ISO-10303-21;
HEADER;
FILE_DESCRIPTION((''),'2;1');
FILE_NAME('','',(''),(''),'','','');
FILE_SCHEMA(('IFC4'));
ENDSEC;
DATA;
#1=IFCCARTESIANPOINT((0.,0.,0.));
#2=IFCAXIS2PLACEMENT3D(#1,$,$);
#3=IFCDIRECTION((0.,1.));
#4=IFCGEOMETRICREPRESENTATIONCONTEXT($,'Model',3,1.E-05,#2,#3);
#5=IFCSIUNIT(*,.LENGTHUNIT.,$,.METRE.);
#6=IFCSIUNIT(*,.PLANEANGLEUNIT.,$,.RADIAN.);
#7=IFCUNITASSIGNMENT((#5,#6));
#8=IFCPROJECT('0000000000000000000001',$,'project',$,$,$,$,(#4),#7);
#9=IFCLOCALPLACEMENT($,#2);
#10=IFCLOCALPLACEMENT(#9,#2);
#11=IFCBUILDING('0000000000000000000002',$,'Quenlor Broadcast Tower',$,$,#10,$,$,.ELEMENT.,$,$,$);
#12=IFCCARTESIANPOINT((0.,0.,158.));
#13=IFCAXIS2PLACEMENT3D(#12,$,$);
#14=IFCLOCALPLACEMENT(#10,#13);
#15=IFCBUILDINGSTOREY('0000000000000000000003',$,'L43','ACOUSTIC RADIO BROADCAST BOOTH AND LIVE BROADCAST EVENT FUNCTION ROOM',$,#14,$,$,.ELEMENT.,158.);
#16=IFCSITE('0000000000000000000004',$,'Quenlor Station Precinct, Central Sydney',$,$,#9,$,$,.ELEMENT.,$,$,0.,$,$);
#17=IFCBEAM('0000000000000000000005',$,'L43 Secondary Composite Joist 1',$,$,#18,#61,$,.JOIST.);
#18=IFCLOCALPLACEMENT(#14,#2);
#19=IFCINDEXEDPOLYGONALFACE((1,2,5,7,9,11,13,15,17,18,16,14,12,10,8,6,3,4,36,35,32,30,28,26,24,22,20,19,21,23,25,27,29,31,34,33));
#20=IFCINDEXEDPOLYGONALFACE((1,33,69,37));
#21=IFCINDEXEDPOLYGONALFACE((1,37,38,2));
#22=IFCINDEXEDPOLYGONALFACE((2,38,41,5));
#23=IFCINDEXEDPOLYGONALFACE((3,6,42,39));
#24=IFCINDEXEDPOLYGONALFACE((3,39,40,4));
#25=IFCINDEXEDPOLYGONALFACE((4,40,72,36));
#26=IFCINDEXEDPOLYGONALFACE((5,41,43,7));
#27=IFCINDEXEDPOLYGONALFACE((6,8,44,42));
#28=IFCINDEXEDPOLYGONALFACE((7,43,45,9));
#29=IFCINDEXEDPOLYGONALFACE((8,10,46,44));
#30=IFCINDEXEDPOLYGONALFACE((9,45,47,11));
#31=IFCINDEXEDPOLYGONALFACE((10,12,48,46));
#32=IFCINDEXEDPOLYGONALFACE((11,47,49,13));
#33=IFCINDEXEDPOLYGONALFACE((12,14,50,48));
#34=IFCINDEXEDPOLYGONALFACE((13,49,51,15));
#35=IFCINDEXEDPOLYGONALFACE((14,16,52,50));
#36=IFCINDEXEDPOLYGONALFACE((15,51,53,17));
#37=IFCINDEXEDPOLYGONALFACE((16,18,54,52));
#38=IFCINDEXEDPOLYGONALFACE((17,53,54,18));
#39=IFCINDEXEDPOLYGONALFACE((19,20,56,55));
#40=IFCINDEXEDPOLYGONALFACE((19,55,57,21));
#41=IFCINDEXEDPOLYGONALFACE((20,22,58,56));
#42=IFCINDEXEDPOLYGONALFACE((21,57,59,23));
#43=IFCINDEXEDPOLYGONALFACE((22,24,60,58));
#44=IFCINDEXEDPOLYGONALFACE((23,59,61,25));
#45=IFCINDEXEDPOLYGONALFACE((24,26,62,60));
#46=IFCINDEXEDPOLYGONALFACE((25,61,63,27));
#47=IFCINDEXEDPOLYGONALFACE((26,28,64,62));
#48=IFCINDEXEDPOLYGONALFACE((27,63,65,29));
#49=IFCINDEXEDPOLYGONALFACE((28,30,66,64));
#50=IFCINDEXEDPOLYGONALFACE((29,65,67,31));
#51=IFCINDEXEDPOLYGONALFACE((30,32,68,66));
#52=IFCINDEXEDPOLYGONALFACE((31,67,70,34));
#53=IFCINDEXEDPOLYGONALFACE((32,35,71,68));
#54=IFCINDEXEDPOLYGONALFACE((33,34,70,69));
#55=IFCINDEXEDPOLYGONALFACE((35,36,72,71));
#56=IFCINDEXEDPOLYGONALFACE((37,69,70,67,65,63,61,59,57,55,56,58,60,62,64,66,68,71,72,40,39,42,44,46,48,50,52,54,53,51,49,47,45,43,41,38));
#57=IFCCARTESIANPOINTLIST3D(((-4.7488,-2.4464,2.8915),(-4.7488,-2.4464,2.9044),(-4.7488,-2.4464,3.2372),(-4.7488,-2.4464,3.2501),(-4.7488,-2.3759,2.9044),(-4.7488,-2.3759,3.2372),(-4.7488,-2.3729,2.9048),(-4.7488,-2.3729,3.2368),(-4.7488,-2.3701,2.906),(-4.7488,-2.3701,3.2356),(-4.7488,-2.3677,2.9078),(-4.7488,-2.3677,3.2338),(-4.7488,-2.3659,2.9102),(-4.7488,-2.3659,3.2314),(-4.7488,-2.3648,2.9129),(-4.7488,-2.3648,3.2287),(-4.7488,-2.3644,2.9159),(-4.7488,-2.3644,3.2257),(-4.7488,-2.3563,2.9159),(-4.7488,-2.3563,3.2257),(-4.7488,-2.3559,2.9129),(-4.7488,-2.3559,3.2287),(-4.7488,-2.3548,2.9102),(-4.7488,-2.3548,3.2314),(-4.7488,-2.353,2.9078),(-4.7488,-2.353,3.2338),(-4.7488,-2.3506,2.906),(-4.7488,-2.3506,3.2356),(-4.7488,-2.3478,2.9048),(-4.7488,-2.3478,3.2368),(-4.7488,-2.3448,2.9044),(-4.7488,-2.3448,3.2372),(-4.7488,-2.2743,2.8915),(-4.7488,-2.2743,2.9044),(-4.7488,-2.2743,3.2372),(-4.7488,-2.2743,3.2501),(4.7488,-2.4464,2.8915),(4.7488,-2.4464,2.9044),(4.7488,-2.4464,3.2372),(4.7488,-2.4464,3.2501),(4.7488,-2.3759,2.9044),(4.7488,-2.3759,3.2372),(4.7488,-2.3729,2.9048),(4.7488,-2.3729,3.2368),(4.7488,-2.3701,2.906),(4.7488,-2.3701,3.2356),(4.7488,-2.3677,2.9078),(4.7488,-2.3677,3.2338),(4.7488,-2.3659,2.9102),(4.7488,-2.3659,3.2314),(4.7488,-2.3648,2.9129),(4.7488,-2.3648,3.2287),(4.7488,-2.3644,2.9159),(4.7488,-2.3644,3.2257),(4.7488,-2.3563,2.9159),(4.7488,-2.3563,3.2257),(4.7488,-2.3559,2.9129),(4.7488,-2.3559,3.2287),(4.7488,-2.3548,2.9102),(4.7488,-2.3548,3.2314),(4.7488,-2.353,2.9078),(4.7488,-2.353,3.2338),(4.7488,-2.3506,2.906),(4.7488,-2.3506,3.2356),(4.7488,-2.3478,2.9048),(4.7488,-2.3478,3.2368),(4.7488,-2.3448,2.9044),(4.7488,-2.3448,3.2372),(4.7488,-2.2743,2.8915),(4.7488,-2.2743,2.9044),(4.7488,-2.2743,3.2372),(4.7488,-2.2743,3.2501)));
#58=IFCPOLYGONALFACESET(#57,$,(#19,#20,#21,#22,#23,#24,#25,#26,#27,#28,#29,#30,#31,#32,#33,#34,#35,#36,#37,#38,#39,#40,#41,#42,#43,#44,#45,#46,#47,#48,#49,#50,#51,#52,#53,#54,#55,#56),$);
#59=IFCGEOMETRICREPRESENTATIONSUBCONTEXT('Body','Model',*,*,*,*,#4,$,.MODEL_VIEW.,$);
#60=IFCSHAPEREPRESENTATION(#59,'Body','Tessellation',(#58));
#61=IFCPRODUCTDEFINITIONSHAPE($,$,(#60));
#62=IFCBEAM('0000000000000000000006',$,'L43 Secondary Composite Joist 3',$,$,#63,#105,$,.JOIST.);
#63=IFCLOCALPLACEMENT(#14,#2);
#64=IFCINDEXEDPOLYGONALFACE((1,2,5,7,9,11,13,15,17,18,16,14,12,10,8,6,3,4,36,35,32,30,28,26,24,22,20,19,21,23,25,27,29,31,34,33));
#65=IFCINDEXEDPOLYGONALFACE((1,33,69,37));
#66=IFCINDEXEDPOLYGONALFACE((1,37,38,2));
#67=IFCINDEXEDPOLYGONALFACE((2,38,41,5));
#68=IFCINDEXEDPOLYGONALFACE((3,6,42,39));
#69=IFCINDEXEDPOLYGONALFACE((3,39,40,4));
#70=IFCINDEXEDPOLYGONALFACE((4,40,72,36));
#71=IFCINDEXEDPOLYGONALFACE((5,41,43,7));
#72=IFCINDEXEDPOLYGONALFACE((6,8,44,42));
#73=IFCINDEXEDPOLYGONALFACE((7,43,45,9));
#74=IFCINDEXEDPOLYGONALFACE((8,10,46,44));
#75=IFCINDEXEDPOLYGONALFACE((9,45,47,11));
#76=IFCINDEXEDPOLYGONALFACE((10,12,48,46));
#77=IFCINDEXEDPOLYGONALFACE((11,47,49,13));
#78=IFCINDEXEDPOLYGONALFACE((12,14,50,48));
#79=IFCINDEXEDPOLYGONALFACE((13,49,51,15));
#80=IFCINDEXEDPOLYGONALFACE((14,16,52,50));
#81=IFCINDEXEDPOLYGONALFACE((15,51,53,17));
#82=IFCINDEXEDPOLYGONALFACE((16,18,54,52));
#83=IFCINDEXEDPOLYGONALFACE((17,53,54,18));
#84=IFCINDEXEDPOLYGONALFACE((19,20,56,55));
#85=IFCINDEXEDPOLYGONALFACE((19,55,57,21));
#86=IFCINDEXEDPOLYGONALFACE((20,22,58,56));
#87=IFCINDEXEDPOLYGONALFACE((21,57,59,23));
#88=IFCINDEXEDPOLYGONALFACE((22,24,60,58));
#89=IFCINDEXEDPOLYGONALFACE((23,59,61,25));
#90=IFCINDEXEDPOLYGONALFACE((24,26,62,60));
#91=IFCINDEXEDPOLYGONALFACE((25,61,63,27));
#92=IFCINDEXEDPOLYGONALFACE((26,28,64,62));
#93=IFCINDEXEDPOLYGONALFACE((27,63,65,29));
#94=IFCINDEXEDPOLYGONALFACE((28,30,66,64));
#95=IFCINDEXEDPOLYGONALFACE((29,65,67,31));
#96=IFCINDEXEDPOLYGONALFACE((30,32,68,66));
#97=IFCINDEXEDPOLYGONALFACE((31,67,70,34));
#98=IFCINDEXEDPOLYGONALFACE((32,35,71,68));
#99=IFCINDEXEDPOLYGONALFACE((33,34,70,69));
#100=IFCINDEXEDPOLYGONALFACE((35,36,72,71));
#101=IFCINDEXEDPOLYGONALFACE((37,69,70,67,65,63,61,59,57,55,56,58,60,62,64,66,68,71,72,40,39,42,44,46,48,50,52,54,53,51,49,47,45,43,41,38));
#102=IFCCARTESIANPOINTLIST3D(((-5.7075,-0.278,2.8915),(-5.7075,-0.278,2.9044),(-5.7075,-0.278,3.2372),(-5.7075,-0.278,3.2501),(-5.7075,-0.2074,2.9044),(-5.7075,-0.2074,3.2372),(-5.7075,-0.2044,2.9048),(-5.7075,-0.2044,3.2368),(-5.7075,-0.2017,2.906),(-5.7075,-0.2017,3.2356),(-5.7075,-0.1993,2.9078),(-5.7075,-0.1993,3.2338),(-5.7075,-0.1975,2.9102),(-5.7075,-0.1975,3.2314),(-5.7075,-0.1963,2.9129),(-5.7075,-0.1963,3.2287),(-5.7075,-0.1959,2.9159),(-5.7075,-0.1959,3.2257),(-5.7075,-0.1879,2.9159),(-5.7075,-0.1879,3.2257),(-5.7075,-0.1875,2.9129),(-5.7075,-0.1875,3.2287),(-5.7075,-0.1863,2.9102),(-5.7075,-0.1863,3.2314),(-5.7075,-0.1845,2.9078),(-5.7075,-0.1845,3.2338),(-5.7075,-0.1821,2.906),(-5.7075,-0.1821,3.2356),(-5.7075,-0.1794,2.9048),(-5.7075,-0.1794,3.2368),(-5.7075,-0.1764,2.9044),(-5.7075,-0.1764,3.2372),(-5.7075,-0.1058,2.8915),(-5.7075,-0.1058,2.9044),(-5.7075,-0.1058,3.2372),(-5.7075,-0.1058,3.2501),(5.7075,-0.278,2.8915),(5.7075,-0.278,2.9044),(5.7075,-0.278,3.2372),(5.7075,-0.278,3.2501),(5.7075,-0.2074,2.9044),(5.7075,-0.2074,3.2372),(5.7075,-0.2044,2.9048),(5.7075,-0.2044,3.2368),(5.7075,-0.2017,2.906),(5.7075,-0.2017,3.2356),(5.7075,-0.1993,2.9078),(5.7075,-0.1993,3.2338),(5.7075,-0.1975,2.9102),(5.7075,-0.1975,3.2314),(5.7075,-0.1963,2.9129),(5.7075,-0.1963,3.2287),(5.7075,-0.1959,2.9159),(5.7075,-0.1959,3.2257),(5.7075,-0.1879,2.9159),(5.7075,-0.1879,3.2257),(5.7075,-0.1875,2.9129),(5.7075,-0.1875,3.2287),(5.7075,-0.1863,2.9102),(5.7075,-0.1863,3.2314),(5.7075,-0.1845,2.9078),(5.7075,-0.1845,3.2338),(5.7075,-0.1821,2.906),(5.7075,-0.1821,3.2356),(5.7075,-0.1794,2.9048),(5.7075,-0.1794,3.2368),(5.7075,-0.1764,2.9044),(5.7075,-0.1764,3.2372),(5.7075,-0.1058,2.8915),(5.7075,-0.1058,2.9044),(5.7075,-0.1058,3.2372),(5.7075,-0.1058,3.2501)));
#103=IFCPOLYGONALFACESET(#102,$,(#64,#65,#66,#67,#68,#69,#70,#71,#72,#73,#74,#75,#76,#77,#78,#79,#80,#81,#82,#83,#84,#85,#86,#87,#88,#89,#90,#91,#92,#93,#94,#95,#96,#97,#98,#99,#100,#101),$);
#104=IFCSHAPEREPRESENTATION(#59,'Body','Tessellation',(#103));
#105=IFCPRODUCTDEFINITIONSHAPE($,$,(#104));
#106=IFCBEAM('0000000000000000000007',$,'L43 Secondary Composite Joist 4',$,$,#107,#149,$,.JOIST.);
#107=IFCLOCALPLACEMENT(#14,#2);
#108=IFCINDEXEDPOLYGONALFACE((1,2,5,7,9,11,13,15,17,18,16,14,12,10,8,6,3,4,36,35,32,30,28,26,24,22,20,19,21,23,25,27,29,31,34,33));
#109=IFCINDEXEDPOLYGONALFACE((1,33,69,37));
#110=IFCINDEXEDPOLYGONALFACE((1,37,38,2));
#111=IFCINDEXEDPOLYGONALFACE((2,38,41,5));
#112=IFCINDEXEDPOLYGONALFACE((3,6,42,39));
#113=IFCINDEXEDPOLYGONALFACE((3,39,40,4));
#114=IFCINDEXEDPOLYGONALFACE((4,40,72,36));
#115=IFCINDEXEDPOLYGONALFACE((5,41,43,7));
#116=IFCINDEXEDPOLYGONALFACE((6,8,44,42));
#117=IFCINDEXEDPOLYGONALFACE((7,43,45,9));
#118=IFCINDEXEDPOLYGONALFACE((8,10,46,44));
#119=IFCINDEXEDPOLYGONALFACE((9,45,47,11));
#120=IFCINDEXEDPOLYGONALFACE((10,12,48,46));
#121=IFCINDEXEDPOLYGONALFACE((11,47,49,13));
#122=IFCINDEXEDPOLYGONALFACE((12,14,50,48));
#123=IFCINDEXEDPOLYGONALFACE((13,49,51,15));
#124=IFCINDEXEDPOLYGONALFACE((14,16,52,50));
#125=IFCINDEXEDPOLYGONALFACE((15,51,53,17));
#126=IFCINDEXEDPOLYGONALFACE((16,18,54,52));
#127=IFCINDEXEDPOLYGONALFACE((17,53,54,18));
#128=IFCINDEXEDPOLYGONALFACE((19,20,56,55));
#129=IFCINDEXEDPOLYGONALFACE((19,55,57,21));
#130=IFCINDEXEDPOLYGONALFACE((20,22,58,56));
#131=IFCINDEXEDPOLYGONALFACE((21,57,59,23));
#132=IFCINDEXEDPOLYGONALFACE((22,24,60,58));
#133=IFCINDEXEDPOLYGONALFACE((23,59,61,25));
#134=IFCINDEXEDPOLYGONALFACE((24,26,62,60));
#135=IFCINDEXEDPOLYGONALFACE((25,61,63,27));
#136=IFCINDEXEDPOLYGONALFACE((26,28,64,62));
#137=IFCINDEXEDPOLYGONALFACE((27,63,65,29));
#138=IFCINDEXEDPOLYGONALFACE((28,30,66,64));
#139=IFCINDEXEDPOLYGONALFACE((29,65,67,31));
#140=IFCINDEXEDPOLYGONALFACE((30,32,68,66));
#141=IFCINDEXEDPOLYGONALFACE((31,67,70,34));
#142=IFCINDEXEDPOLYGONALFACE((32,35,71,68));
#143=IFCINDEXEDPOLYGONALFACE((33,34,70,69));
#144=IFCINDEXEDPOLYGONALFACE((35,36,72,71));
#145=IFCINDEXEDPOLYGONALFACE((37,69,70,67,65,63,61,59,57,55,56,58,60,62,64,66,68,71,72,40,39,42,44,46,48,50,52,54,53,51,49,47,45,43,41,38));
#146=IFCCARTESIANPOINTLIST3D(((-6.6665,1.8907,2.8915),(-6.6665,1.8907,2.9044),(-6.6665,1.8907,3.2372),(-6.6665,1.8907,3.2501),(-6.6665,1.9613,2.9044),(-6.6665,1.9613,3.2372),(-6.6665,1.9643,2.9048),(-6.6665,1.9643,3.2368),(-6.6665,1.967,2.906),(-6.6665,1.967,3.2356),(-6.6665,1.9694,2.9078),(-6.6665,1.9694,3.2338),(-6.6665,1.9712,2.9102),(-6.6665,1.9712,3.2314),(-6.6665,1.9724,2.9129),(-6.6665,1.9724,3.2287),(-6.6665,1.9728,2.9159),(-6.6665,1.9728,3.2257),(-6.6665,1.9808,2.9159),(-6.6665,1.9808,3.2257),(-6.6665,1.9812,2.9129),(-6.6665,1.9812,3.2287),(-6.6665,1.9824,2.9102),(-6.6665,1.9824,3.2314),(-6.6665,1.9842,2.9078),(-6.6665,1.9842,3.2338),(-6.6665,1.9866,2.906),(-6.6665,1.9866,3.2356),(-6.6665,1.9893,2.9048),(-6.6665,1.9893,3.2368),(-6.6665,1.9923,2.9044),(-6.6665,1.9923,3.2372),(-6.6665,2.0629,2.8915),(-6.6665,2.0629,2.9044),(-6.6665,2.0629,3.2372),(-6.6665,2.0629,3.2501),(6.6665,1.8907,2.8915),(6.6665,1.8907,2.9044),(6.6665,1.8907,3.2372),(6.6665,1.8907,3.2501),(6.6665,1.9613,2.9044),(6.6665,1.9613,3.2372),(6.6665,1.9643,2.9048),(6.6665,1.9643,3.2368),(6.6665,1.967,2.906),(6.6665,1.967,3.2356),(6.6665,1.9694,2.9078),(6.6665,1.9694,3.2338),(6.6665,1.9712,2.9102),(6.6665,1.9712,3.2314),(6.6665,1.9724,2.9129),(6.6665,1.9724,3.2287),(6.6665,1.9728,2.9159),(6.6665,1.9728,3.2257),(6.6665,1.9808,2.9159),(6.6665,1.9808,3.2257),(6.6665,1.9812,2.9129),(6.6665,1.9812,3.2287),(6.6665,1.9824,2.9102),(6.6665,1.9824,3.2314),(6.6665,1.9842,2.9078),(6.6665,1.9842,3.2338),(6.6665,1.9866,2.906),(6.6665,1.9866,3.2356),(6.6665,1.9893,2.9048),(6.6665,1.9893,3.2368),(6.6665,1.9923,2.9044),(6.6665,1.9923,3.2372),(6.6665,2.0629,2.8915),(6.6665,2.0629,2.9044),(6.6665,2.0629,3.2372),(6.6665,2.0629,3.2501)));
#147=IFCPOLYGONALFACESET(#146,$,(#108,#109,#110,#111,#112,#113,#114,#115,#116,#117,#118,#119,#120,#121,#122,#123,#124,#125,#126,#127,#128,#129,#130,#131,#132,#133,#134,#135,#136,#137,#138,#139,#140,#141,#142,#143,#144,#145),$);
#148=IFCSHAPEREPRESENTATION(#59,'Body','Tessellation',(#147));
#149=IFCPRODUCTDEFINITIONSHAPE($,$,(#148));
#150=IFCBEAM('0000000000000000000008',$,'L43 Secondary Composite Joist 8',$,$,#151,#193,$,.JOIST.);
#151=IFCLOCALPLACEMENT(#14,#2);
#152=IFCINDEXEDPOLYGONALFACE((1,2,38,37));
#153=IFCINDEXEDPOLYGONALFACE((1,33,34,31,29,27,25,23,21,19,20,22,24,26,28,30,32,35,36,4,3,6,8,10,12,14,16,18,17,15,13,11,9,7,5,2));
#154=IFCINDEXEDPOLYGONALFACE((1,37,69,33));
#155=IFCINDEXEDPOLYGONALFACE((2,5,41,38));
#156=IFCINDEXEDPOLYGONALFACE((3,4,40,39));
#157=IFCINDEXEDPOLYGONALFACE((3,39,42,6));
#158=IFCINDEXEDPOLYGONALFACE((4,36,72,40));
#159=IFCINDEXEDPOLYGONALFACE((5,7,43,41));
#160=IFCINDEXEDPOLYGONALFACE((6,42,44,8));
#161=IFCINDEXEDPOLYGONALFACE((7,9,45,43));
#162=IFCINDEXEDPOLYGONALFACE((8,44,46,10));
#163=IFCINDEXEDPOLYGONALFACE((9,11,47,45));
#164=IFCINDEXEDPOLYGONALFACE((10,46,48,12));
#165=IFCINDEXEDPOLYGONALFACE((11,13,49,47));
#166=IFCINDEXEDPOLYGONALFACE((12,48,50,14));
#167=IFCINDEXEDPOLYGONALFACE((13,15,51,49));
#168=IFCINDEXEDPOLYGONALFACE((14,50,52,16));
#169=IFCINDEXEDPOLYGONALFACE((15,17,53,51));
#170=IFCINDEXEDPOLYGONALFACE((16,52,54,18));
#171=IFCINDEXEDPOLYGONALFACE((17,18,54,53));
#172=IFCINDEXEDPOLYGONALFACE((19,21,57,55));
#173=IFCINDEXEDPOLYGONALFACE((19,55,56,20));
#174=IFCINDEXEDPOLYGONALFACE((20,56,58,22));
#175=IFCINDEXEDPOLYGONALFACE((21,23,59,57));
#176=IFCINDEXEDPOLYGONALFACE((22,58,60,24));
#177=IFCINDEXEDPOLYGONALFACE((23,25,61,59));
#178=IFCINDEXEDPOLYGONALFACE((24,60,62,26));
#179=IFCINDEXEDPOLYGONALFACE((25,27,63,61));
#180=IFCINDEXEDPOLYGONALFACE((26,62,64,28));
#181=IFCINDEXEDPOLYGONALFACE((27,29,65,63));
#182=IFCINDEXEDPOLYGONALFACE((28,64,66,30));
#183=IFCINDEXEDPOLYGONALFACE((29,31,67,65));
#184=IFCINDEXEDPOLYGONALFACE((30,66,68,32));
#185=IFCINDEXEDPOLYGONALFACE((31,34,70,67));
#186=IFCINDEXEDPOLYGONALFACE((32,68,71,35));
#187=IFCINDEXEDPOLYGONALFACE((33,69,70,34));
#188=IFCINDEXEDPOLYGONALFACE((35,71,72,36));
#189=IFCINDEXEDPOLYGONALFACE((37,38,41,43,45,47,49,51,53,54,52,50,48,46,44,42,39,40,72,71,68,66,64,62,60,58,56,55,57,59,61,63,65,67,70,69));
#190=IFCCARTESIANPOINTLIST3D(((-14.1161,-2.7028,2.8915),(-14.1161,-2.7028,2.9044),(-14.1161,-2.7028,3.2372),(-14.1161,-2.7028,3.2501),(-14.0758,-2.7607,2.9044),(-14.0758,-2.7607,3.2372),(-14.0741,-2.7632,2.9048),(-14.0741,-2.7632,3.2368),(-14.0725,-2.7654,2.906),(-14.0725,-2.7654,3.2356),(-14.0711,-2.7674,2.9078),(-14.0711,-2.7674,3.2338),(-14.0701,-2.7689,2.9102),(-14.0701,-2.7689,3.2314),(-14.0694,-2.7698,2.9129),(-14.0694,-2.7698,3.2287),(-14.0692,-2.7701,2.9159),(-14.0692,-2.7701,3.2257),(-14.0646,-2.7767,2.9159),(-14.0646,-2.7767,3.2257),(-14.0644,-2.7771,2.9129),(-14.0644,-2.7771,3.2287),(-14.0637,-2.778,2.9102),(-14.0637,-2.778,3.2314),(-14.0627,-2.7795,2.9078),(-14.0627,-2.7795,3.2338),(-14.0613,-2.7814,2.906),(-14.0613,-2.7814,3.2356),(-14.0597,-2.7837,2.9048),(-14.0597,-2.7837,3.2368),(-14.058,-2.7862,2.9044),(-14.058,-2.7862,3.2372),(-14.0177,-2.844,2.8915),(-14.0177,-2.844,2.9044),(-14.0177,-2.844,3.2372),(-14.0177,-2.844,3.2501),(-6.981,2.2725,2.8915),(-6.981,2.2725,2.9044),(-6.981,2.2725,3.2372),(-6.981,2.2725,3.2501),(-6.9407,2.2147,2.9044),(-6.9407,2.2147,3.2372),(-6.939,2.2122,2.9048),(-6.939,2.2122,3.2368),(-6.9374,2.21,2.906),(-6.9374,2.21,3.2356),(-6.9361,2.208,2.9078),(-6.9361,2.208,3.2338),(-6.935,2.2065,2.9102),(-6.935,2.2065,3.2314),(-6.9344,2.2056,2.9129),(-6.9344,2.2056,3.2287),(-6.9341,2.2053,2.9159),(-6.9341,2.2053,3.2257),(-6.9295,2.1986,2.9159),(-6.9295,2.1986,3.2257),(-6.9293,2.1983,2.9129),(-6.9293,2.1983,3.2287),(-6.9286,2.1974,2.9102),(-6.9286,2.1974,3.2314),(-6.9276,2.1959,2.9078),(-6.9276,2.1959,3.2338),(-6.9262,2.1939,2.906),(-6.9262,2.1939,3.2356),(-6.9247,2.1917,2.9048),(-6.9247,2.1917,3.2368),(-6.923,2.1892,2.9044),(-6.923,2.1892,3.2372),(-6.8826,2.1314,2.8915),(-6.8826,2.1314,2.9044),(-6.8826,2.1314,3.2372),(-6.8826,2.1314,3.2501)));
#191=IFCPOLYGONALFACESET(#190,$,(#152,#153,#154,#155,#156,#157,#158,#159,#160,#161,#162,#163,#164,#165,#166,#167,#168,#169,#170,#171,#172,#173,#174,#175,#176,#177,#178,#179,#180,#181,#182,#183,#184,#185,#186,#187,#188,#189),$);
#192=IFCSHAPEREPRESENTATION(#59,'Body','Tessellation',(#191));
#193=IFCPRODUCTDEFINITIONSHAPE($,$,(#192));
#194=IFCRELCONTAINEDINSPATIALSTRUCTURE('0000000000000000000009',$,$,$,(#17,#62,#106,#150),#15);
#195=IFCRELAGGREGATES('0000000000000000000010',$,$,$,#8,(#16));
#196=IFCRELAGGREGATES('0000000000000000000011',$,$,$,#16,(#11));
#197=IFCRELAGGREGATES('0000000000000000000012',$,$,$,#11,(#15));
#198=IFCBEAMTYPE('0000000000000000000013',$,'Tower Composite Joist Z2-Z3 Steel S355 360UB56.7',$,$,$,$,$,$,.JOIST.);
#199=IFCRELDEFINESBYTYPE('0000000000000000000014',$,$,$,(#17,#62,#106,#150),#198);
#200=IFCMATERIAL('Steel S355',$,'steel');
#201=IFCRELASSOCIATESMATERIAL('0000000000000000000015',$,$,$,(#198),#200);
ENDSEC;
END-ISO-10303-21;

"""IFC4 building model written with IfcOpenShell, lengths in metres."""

from ifc_helpers import new_model, si_unit, direction, frame, origin, origin_2d, place, context, subcontext, project, spatial, i_section, extrude, material, material_profile, profile_set, type_object, element, save


model = new_model("IFC4")

# Units and contexts
model_context = context("Model", 3, precision=1e-05, world=origin(), true_north=direction((0.0, 1.0)))
body_context = subcontext(model_context, "Body", "Model", "MODEL_VIEW")
ifc_project = project(units=[si_unit("LENGTHUNIT", "METRE"), si_unit("PLANEANGLEUNIT", "RADIAN")], contexts=[model_context])

# Site, building, storey
site_placement = place(None, origin())
site = spatial("IfcSite", under=ifc_project, at=site_placement, Name="Quenlor Station Precinct, Central Sydney", CompositionType="ELEMENT", RefElevation=0.0)
building_placement = place(site_placement, origin())
building = spatial("IfcBuilding", under=site, at=building_placement, Name="Quenlor Broadcast Tower", CompositionType="ELEMENT")
storey_placement = place(building_placement, frame((0.0, 0.0, 158.0)))
storey = spatial("IfcBuildingStorey", under=building, at=storey_placement, Name="L43", Description="ACOUSTIC RADIO BROADCAST BOOTH AND LIVE BROADCAST EVENT FUNCTION ROOM", CompositionType="ELEMENT", Elevation=158.0)

# Beams
ifc_material_1 = material(Name="Steel S355", Category="steel")
ifc_material_profile_1 = material_profile(ifc_material_1, i_section(OverallWidth=0.1721, OverallDepth=0.3586, WebThickness=0.0081, FlangeThickness=0.0129, FilletRadius=0.0115, at=origin_2d()))
ifc_profile_set_1 = profile_set([ifc_material_profile_1], Name="Steel S355 360UB56.7")
beam_type_1 = type_object("IfcBeamType", Name="Tower Composite Joist Z2-Z3 Steel S355 360UB56.7", PredefinedType="JOIST", material=ifc_profile_set_1)
beam_1_placement = place(storey_placement, frame((-4.7488, -2.3604, 3.0708), z_axis=(1.0, 0.0, 0.0), x_axis=(0.0, 1.0, 0.0)))
element("IfcBeam", 1, at=beam_1_placement, inside=storey, type_object=beam_type_1, Name="L43 Secondary Composite Joist 1", PredefinedType="JOIST", context=body_context, shape_type="SweptSolid", body=[
    extrude(i_section(OverallWidth=0.1721, OverallDepth=0.3586, WebThickness=0.0081, FlangeThickness=0.0129, FilletRadius=0.0115, at=origin_2d()), origin(), (0.0, 0.0, 1.0), 9.4976),
])
beam_2_placement = place(storey_placement, frame((-5.7075, -0.1919, 3.0708), z_axis=(1.0, 0.0, 0.0), x_axis=(0.0, 1.0, 0.0)))
element("IfcBeam", 2, at=beam_2_placement, inside=storey, type_object=beam_type_1, Name="L43 Secondary Composite Joist 3", PredefinedType="JOIST", context=body_context, shape_type="SweptSolid", body=[
    extrude(i_section(OverallWidth=0.1721, OverallDepth=0.3586, WebThickness=0.0081, FlangeThickness=0.0129, FilletRadius=0.0115, at=origin_2d()), origin(), (0.0, 0.0, 1.0), 11.415),
])
beam_3_placement = place(storey_placement, frame((-6.6665, 1.9768, 3.0708), z_axis=(1.0, 0.0, 0.0), x_axis=(0.0, 1.0, 0.0)))
element("IfcBeam", 3, at=beam_3_placement, inside=storey, type_object=beam_type_1, Name="L43 Secondary Composite Joist 4", PredefinedType="JOIST", context=body_context, shape_type="SweptSolid", body=[
    extrude(i_section(OverallWidth=0.1721, OverallDepth=0.3586, WebThickness=0.0081, FlangeThickness=0.0129, FilletRadius=0.0115, at=origin_2d()), origin(), (0.0, 0.0, 1.0), 13.333),
])
beam_4_placement = place(storey_placement, frame((-14.0669, -2.7734, 3.0708), z_axis=(0.820266, 0.571983, 0.0), x_axis=(-0.571983, 0.820266, 0.0)))
element("IfcBeam", 4, at=beam_4_placement, inside=storey, type_object=beam_type_1, Name="L43 Secondary Composite Joist 8", PredefinedType="JOIST", context=body_context, shape_type="SweptSolid", body=[
    extrude(i_section(OverallWidth=0.1721, OverallDepth=0.3586, WebThickness=0.0081, FlangeThickness=0.0129, FilletRadius=0.0115, at=origin_2d()), origin(), (0.0, 0.0, 1.0), 8.6985),
])

save(model, "model.ifc")
